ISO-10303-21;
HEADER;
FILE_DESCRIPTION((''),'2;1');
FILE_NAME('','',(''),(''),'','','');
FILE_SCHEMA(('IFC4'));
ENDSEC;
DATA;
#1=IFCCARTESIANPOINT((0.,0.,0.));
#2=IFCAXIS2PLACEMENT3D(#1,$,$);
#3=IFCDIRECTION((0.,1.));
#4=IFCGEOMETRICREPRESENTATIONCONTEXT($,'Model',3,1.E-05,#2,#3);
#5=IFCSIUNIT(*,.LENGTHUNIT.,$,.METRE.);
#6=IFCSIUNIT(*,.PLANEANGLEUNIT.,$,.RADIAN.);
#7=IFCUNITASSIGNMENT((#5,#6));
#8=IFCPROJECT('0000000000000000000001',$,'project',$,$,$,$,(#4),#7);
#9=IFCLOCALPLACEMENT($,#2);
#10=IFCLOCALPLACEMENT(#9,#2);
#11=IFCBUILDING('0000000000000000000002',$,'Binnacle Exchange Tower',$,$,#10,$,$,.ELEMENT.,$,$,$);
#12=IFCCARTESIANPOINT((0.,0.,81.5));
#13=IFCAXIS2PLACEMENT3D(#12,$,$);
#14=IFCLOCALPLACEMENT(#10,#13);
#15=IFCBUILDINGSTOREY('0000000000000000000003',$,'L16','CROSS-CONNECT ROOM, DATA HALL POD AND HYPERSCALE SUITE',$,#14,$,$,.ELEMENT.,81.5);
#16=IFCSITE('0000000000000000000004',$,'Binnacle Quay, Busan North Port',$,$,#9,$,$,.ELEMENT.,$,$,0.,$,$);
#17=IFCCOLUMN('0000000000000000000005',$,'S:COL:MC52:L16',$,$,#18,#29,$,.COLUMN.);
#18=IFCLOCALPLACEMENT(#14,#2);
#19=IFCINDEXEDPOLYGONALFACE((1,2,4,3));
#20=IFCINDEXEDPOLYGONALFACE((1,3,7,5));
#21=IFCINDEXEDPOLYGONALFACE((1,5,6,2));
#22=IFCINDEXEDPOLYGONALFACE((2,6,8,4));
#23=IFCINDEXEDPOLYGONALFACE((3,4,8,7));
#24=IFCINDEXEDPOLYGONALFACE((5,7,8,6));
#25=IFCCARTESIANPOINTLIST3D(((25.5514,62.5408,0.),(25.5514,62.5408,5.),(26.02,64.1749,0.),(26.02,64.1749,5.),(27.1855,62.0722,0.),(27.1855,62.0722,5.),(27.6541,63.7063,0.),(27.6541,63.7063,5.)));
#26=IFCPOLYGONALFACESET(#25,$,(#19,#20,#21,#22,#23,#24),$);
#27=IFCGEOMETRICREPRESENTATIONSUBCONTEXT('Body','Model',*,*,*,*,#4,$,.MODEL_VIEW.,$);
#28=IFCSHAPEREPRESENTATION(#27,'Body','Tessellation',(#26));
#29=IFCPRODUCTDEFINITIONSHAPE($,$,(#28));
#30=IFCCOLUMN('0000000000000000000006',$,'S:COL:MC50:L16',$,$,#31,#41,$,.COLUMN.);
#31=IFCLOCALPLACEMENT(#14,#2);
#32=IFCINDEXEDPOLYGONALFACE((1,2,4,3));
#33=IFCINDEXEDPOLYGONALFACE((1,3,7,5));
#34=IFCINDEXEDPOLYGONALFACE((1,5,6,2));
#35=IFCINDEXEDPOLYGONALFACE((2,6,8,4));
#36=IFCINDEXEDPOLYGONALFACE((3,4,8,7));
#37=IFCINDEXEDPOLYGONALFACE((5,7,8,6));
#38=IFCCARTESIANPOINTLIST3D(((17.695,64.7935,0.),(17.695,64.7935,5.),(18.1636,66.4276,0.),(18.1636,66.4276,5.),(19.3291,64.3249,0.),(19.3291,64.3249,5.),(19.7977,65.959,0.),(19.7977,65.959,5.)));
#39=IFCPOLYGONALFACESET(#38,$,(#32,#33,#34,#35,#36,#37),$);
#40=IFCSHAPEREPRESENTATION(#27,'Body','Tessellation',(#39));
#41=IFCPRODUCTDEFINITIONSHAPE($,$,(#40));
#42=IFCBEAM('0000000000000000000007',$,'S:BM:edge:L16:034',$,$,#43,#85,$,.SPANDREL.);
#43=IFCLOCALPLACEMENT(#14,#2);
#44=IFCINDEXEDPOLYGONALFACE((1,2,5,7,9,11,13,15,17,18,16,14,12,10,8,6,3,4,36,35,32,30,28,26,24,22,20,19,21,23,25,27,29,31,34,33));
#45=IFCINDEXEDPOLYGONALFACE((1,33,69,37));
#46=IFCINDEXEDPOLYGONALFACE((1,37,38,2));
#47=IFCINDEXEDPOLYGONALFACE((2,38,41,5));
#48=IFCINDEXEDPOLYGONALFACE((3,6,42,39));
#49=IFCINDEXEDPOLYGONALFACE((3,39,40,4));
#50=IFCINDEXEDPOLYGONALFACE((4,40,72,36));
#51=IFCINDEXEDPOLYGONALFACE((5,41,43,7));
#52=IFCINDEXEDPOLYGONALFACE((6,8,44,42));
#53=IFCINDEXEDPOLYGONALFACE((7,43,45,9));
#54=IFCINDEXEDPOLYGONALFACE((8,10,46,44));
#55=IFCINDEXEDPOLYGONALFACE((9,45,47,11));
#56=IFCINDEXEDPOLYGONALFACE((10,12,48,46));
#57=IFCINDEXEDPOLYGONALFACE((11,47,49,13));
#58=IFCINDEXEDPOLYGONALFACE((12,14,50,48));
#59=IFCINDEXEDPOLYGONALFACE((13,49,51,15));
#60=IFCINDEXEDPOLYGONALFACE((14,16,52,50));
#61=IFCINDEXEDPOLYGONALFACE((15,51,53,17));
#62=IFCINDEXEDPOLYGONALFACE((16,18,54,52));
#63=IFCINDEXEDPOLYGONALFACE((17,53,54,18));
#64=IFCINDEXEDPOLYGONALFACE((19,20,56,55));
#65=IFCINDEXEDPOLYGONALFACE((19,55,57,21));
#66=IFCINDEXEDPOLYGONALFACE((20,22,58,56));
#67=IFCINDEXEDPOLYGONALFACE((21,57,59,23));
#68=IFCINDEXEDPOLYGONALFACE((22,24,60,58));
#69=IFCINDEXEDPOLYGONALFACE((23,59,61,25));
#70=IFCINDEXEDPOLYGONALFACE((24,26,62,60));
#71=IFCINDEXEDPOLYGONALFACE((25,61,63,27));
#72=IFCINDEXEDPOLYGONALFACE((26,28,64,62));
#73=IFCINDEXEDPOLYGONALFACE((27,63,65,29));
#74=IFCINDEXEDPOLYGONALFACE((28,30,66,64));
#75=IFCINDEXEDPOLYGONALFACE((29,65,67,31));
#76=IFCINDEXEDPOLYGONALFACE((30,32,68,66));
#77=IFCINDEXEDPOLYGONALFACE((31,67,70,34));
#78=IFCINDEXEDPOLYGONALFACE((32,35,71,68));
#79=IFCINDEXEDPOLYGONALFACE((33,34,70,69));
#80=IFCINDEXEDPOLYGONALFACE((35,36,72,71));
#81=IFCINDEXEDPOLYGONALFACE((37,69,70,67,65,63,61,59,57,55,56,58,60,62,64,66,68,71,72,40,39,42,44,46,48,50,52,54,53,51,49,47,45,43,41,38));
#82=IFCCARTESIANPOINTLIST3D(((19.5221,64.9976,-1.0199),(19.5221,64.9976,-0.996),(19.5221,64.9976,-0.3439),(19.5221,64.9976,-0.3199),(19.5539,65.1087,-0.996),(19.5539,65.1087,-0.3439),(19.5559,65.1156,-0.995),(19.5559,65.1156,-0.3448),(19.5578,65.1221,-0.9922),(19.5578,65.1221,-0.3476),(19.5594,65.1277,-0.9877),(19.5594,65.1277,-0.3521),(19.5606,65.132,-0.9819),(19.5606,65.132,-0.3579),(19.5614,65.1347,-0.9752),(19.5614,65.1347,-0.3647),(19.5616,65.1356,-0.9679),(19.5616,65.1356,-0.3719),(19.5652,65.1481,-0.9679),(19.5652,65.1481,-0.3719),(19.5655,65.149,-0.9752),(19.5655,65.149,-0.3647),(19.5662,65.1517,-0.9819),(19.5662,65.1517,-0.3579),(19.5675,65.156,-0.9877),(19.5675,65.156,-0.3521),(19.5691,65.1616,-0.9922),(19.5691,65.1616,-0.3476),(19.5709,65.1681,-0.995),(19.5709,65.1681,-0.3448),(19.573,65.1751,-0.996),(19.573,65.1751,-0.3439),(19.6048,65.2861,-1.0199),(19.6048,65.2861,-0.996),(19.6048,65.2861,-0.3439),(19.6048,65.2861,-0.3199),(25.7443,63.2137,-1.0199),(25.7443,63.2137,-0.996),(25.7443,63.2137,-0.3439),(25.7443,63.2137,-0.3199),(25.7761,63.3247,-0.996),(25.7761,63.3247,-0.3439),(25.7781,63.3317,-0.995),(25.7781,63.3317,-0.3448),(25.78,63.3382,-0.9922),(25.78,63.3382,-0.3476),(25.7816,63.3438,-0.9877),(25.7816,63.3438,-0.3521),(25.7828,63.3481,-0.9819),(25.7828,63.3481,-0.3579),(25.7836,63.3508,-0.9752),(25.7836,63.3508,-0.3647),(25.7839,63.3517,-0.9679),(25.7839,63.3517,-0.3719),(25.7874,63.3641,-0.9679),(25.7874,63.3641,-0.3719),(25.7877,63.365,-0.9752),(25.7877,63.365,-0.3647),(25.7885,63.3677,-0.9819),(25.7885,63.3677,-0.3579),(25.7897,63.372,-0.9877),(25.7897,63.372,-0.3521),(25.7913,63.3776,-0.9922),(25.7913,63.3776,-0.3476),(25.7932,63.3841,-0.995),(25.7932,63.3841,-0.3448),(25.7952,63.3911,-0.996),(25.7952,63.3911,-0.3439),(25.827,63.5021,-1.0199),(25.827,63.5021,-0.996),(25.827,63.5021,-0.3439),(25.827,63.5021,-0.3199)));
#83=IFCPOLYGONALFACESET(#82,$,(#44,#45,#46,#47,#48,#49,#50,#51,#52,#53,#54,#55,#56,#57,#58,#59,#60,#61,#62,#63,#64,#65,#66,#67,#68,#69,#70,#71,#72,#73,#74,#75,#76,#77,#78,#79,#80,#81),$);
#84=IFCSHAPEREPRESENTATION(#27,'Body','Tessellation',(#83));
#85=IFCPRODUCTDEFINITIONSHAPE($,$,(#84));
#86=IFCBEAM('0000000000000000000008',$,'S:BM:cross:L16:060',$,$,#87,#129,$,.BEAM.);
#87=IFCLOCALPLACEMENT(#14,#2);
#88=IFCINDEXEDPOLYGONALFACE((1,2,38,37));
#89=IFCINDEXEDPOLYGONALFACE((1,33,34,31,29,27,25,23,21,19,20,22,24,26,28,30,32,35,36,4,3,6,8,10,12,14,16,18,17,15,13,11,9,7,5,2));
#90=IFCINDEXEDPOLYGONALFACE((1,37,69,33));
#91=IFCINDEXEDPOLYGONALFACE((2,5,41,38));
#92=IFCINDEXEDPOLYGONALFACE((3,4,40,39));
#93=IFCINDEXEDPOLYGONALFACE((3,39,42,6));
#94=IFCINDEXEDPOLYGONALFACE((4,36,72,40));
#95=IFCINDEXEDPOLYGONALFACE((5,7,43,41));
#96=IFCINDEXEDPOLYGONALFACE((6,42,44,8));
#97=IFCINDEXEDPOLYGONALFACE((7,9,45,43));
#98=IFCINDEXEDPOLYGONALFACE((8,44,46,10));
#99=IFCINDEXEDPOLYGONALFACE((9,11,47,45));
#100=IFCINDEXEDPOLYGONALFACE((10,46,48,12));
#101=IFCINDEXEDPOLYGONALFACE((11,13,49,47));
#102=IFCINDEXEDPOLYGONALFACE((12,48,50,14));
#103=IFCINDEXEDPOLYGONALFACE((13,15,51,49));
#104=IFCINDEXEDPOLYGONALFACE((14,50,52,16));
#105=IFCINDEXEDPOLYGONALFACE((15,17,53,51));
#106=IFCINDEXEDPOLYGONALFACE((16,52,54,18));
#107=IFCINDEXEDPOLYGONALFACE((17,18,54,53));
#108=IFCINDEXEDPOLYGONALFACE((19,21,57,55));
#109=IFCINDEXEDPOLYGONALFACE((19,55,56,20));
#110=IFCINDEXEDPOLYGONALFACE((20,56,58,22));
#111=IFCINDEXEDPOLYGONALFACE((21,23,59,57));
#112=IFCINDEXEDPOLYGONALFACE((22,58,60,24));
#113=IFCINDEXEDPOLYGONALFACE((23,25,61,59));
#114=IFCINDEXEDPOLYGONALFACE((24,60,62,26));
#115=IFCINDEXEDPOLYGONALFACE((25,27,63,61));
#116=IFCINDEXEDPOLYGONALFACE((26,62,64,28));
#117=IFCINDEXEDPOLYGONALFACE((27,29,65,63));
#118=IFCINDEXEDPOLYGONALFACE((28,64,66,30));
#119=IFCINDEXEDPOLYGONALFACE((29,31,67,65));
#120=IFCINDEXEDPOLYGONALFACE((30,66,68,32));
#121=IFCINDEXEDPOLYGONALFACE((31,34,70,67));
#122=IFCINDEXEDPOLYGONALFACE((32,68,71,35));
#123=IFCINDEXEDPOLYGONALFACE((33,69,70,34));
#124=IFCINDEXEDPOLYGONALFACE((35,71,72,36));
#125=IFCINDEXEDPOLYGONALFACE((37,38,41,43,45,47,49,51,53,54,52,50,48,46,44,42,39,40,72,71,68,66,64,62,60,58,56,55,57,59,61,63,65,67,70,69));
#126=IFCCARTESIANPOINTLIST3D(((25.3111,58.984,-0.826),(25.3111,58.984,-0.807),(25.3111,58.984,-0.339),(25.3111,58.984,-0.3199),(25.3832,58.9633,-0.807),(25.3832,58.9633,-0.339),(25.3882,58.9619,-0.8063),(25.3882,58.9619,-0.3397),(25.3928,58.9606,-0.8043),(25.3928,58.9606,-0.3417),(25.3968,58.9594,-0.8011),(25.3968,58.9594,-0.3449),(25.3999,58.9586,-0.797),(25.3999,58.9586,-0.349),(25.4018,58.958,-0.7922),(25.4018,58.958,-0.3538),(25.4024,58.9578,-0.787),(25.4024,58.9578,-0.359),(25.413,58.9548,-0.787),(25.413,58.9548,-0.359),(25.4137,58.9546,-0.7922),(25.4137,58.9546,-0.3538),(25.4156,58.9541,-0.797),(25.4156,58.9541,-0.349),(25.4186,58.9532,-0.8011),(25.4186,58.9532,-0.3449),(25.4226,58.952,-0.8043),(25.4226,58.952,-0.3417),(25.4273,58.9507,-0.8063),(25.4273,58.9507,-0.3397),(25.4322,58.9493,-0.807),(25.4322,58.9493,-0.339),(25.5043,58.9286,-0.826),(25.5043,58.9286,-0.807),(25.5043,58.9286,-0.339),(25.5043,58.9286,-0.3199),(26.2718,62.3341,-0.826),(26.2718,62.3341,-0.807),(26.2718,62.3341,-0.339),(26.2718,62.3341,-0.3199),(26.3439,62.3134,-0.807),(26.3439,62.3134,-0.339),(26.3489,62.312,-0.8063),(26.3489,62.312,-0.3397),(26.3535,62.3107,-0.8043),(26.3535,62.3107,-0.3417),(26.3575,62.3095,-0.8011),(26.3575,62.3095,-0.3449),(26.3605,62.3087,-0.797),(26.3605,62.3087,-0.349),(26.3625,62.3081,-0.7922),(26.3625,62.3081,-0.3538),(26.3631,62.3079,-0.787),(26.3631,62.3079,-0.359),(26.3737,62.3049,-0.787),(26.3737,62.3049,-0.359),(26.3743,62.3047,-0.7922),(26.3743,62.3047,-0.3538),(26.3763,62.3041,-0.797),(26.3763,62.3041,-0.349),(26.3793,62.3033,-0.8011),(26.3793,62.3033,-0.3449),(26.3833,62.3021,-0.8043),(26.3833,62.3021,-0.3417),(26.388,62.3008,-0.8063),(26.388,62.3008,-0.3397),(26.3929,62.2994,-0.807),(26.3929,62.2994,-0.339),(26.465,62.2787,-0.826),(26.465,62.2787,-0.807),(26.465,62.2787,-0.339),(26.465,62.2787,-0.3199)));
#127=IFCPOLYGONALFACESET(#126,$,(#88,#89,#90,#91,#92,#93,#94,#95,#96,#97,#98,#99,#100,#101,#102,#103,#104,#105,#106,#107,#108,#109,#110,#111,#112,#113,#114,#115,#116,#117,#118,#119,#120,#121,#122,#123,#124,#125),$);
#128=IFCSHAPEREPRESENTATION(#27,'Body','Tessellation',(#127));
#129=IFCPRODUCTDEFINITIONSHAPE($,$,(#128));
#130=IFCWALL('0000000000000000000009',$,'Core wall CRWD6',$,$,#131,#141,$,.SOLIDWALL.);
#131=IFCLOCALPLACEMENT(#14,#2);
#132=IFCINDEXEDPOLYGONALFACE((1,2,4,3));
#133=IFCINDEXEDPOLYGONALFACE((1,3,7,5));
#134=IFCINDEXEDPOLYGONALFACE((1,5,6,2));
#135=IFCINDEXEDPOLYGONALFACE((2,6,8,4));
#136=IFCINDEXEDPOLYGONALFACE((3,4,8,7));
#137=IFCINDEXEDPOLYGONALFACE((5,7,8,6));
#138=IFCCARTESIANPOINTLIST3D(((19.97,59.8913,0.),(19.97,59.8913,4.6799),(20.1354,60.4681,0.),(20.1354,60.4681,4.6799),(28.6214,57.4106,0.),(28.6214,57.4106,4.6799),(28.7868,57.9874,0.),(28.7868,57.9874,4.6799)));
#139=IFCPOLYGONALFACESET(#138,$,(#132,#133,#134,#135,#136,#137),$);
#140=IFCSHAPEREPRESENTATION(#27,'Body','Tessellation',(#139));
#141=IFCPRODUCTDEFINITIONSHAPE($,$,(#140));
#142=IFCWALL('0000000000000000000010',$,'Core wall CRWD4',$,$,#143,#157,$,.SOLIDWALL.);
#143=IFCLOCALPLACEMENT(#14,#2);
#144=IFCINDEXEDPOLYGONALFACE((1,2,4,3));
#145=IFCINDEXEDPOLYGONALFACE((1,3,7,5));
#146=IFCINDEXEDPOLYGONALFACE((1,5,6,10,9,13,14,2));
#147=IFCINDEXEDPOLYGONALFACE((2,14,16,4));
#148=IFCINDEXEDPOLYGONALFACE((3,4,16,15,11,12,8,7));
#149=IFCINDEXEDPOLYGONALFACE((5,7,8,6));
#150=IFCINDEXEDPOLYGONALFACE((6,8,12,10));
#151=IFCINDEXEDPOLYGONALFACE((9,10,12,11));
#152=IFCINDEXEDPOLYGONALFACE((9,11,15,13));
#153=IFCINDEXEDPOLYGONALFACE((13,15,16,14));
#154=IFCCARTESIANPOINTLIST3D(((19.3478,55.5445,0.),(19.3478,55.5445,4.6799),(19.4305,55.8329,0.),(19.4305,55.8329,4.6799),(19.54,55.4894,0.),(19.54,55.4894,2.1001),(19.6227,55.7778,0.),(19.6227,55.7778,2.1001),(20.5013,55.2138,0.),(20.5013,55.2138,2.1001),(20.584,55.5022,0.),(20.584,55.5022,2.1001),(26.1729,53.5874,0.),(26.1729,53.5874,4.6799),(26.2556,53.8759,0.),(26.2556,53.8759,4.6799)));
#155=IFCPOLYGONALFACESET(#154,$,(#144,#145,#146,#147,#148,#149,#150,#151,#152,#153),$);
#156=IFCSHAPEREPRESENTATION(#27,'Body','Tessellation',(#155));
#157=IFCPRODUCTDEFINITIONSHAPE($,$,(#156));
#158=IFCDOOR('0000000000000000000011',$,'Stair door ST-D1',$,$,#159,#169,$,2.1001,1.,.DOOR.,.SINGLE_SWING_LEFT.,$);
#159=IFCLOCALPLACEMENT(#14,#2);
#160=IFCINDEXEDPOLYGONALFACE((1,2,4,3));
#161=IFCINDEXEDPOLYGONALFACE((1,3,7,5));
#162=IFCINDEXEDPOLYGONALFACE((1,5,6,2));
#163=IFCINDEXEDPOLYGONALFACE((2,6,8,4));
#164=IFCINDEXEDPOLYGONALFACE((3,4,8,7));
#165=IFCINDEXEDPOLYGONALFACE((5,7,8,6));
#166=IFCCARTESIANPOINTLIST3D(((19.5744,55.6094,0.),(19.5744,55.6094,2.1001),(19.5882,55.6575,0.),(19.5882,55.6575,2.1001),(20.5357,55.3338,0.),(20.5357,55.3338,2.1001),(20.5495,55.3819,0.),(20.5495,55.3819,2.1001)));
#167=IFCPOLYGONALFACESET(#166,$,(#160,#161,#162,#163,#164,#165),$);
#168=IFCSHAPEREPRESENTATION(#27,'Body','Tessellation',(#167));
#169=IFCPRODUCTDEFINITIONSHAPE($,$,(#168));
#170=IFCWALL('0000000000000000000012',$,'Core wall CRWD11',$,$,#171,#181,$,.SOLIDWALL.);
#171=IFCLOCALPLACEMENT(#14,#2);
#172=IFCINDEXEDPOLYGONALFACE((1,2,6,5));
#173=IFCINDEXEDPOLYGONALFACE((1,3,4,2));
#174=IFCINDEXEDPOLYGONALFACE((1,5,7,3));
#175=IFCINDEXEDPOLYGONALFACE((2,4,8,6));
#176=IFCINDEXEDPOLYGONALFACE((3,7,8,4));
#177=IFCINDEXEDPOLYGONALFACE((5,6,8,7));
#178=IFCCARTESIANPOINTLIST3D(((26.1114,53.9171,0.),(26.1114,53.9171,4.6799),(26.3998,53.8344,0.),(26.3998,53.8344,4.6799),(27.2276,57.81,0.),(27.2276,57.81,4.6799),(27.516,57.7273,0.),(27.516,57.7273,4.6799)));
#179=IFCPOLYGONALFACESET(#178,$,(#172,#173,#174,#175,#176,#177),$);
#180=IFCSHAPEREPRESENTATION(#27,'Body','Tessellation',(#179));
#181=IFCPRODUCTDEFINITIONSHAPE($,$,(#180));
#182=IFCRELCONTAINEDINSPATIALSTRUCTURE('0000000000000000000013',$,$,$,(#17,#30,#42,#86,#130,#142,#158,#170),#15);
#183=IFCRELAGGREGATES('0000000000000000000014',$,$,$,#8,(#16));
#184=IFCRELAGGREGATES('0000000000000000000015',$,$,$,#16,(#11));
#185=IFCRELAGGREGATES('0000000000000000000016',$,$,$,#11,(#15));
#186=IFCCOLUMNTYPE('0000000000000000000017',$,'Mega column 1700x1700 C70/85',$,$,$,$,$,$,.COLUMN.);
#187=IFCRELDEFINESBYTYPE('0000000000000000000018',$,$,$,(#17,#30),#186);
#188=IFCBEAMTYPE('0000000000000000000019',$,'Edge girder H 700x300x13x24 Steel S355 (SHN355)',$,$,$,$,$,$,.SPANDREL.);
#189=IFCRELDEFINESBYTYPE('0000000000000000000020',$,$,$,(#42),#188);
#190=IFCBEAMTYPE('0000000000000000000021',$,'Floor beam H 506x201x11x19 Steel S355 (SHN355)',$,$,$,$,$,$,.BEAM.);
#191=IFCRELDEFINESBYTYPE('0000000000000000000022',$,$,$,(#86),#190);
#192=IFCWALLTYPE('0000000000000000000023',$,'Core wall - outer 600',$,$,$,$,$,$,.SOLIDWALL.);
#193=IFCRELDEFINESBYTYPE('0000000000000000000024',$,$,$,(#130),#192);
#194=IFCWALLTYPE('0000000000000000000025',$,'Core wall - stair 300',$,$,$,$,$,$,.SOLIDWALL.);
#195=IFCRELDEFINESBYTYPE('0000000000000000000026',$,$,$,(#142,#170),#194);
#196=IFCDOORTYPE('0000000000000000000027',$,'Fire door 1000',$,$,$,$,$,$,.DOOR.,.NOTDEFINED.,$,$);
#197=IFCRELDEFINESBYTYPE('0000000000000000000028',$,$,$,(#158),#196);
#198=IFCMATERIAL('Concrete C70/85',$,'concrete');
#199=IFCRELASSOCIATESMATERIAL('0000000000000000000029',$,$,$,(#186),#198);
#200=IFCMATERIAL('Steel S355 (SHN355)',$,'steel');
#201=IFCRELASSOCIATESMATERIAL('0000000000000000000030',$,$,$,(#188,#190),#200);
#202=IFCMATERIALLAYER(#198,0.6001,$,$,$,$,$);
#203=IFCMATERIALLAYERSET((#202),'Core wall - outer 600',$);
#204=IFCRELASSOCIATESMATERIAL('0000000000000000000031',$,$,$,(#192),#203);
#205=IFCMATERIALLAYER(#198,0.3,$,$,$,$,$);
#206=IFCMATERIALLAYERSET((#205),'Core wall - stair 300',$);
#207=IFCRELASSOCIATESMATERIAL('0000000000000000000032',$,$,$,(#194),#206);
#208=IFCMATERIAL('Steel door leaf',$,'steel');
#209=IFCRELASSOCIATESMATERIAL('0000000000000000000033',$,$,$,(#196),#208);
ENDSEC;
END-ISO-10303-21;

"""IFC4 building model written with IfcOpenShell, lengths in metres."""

from ifc_helpers import new_model, si_unit, direction, frame, frame_2d, origin, origin_2d, place, context, subcontext, project, spatial, rectangle, i_section, extrude, material, layer, layer_set, material_profile, profile_set, type_object, element, fill, save


model = new_model("IFC4")

# Units and contexts
model_context = context("Model", 3, precision=1e-05, world=origin(), true_north=direction((0.0, 1.0)))
body_context = subcontext(model_context, "Body", "Model", "MODEL_VIEW")
ifc_project = project(units=[si_unit("LENGTHUNIT", "METRE"), si_unit("PLANEANGLEUNIT", "RADIAN")], contexts=[model_context])

# Site, building, storey
site_placement = place(None, origin())
site = spatial("IfcSite", under=ifc_project, at=site_placement, Name="Binnacle Quay, Busan North Port", CompositionType="ELEMENT", RefElevation=0.0)
building_placement = place(site_placement, origin())
building = spatial("IfcBuilding", under=site, at=building_placement, Name="Binnacle Exchange Tower", CompositionType="ELEMENT")
storey_placement = place(building_placement, frame((0.0, 0.0, 81.5)))
storey = spatial("IfcBuildingStorey", under=building, at=storey_placement, Name="L16", Description="CROSS-CONNECT ROOM, DATA HALL POD AND HYPERSCALE SUITE", CompositionType="ELEMENT", Elevation=81.5)

# Columns
ifc_material_1 = material(Name="Concrete C70/85", Category="concrete")
ifc_material_profile_1 = material_profile(ifc_material_1, rectangle(XDim=1.7, YDim=1.7, at=origin_2d()), Name="Mega column 1700x1700 C70/85")
ifc_profile_set_1 = profile_set([ifc_material_profile_1], Name="Concrete C70/85")
column_type = type_object("IfcColumnType", Name="Mega column 1700x1700 C70/85", PredefinedType="COLUMN", material=ifc_profile_set_1)
for number, where, z_axis, x_axis, name in (
    (1, (26.6028, 63.1235, 0.0), (0.0, 0.0, 1.0), (-0.961262, 0.275637, 0.0), "S:COL:MC52:L16"),
    (2, (18.7463, 65.3762, 0.0), (0.0, 0.0, 1.0), (-0.961262, 0.275637, 0.0), "S:COL:MC50:L16"),
):
    element("IfcColumn", number, at=place(storey_placement, frame(where, z_axis=z_axis, x_axis=x_axis)), inside=storey, type_object=column_type, Name=name, PredefinedType="COLUMN", context=body_context, shape_type="SweptSolid", body=[
        extrude(rectangle(XDim=1.7, YDim=1.7, at=origin_2d()), origin(), (0.0, 0.0, 1.0), 5.0),
    ])

# Beams
ifc_material_2 = material(Name="Steel S355 (SHN355)", Category="steel")
ifc_material_profile_2 = material_profile(ifc_material_2, i_section(OverallWidth=0.3, OverallDepth=0.7, WebThickness=0.0129, FlangeThickness=0.0239, FilletRadius=0.0281, at=origin_2d()), Name="H 700x300x13x24")
ifc_profile_set_2 = profile_set([ifc_material_profile_2], Name="Steel S355 (SHN355)")
beam_type_1 = type_object("IfcBeamType", Name="Edge girder H 700x300x13x24 Steel S355 (SHN355)", PredefinedType="SPANDREL", material=ifc_profile_set_2)
beam_1_placement = place(storey_placement, frame((25.7856, 63.3579, -0.6699), z_axis=(-0.961272, 0.275603, 0.0), x_axis=(-0.275603, -0.961272, 0.0)))
element("IfcBeam", 3, at=beam_1_placement, inside=storey, type_object=beam_type_1, Name="S:BM:edge:L16:034", PredefinedType="SPANDREL", context=body_context, shape_type="SweptSolid", body=[
    extrude(i_section(OverallWidth=0.3, OverallDepth=0.7, WebThickness=0.0129, FlangeThickness=0.0239, FilletRadius=0.0281, at=origin_2d()), origin(), (0.0, 0.0, 1.0), 6.4729),
])
ifc_material_profile_3 = material_profile(ifc_material_2, i_section(OverallWidth=0.2009, OverallDepth=0.5061, WebThickness=0.011, FlangeThickness=0.019, FilletRadius=0.02, at=origin_2d()), Name="H 506x201x11x19")
ifc_profile_set_3 = profile_set([ifc_material_profile_3], Name="Steel S355 (SHN355)")
beam_type_2 = type_object("IfcBeamType", Name="Floor beam H 506x201x11x19 Steel S355 (SHN355)", PredefinedType="BEAM", material=ifc_profile_set_3)
beam_2_placement = place(storey_placement, frame((26.3684, 62.3064, -0.573), z_axis=(-0.275655, -0.961257, 0.0), x_axis=(0.961257, -0.275655, 0.0)))
element("IfcBeam", 4, at=beam_2_placement, inside=storey, type_object=beam_type_2, Name="S:BM:cross:L16:060", PredefinedType="BEAM", context=body_context, shape_type="SweptSolid", body=[
    extrude(i_section(OverallWidth=0.2009, OverallDepth=0.5061, WebThickness=0.011, FlangeThickness=0.019, FilletRadius=0.02, at=origin_2d()), origin(), (0.0, 0.0, 1.0), 3.4851),
])

# Wall
ifc_layer_1 = layer(ifc_material_1, 0.6001)
ifc_layer_set_1 = layer_set([ifc_layer_1], Name="Core wall - outer 600")
wall_type_1 = type_object("IfcWallType", Name="Core wall - outer 600", PredefinedType="SOLIDWALL", material=ifc_layer_set_1)
wall_1_placement = place(storey_placement, frame((20.0527, 60.1797, 0.0), z_axis=(0.0, 0.0, 1.0), x_axis=(0.961262, -0.275635, 0.0)))
element("IfcWall", 5, at=wall_1_placement, inside=storey, type_object=wall_type_1, Name="Core wall CRWD6", PredefinedType="SOLIDWALL", context=body_context, shape_type="SweptSolid", body=[
    extrude(rectangle(XDim=9.0, YDim=0.6001, at=frame_2d((4.5, 0.0))), origin(), (0.0, 0.0, 1.0), 4.6799),
])

# Wall, opening, door
ifc_layer_2 = layer(ifc_material_1, 0.3)
ifc_layer_set_2 = layer_set([ifc_layer_2], Name="Core wall - stair 300")
wall_type_2 = type_object("IfcWallType", Name="Core wall - stair 300", PredefinedType="SOLIDWALL", material=ifc_layer_set_2)
wall_2_placement = place(storey_placement, frame((19.3892, 55.6887, 0.0), z_axis=(0.0, 0.0, 1.0), x_axis=(0.961261, -0.275638, 0.0)))
wall_2 = element("IfcWall", 6, at=wall_2_placement, inside=storey, type_object=wall_type_2, Name="Core wall CRWD4", PredefinedType="SOLIDWALL", context=body_context, shape_type="SweptSolid", body=[
    extrude(rectangle(XDim=7.1001, YDim=0.3, at=frame_2d((3.55, 0.0))), origin(), (0.0, 0.0, 1.0), 4.6799),
])
opening_1_placement = place(wall_2_placement, frame((0.2, 0.0, 0.0)))
opening_1 = element("IfcOpeningElement", 7, at=opening_1_placement, cuts=wall_2, PredefinedType="OPENING", context=body_context, shape_type="SweptSolid", body=[
    extrude(rectangle(XDim=1.0, YDim=2.1001, at=frame_2d((0.5, 1.05))), frame((0.0, 0.1599, 0.0), z_axis=(0.0, -1.0, 0.0), x_axis=(1.0, 0.0, 0.0)), (0.0, 0.0, 1.0), 0.3201),
])
ifc_material_3 = material(Name="Steel door leaf", Category="steel")
door_type_1 = type_object("IfcDoorType", Name="Fire door 1000", OperationType="NOTDEFINED", PredefinedType="DOOR", material=ifc_material_3)
door_1_placement = place(opening_1_placement, origin())
door_1 = element("IfcDoor", 8, at=door_1_placement, inside=storey, type_object=door_type_1, Name="Stair door ST-D1", OperationType="SINGLE_SWING_LEFT", OverallHeight=2.1001, OverallWidth=1.0, PredefinedType="DOOR", context=body_context, shape_type="SweptSolid", body=[
    extrude(rectangle(XDim=1.0, YDim=2.1001, at=frame_2d((0.5, 1.05))), frame((0.0, 0.0249, 0.0), z_axis=(0.0, -1.0, 0.0), x_axis=(1.0, 0.0, 0.0)), (0.0, 0.0, 1.0), 0.05),
])
fill(opening_1, door_1)

# Wall
wall_3_placement = place(storey_placement, frame((26.2556, 53.8757, 0.0), z_axis=(0.0, 0.0, 1.0), x_axis=(0.275613, 0.961269, 0.0)))
element("IfcWall", 9, at=wall_3_placement, inside=storey, type_object=wall_type_2, Name="Core wall CRWD11", PredefinedType="SOLIDWALL", context=body_context, shape_type="SweptSolid", body=[
    extrude(rectangle(XDim=4.0498, YDim=0.3, at=frame_2d((2.0249, 0.0))), origin(), (0.0, 0.0, 1.0), 4.6799),
])

save(model, "model.ifc")
